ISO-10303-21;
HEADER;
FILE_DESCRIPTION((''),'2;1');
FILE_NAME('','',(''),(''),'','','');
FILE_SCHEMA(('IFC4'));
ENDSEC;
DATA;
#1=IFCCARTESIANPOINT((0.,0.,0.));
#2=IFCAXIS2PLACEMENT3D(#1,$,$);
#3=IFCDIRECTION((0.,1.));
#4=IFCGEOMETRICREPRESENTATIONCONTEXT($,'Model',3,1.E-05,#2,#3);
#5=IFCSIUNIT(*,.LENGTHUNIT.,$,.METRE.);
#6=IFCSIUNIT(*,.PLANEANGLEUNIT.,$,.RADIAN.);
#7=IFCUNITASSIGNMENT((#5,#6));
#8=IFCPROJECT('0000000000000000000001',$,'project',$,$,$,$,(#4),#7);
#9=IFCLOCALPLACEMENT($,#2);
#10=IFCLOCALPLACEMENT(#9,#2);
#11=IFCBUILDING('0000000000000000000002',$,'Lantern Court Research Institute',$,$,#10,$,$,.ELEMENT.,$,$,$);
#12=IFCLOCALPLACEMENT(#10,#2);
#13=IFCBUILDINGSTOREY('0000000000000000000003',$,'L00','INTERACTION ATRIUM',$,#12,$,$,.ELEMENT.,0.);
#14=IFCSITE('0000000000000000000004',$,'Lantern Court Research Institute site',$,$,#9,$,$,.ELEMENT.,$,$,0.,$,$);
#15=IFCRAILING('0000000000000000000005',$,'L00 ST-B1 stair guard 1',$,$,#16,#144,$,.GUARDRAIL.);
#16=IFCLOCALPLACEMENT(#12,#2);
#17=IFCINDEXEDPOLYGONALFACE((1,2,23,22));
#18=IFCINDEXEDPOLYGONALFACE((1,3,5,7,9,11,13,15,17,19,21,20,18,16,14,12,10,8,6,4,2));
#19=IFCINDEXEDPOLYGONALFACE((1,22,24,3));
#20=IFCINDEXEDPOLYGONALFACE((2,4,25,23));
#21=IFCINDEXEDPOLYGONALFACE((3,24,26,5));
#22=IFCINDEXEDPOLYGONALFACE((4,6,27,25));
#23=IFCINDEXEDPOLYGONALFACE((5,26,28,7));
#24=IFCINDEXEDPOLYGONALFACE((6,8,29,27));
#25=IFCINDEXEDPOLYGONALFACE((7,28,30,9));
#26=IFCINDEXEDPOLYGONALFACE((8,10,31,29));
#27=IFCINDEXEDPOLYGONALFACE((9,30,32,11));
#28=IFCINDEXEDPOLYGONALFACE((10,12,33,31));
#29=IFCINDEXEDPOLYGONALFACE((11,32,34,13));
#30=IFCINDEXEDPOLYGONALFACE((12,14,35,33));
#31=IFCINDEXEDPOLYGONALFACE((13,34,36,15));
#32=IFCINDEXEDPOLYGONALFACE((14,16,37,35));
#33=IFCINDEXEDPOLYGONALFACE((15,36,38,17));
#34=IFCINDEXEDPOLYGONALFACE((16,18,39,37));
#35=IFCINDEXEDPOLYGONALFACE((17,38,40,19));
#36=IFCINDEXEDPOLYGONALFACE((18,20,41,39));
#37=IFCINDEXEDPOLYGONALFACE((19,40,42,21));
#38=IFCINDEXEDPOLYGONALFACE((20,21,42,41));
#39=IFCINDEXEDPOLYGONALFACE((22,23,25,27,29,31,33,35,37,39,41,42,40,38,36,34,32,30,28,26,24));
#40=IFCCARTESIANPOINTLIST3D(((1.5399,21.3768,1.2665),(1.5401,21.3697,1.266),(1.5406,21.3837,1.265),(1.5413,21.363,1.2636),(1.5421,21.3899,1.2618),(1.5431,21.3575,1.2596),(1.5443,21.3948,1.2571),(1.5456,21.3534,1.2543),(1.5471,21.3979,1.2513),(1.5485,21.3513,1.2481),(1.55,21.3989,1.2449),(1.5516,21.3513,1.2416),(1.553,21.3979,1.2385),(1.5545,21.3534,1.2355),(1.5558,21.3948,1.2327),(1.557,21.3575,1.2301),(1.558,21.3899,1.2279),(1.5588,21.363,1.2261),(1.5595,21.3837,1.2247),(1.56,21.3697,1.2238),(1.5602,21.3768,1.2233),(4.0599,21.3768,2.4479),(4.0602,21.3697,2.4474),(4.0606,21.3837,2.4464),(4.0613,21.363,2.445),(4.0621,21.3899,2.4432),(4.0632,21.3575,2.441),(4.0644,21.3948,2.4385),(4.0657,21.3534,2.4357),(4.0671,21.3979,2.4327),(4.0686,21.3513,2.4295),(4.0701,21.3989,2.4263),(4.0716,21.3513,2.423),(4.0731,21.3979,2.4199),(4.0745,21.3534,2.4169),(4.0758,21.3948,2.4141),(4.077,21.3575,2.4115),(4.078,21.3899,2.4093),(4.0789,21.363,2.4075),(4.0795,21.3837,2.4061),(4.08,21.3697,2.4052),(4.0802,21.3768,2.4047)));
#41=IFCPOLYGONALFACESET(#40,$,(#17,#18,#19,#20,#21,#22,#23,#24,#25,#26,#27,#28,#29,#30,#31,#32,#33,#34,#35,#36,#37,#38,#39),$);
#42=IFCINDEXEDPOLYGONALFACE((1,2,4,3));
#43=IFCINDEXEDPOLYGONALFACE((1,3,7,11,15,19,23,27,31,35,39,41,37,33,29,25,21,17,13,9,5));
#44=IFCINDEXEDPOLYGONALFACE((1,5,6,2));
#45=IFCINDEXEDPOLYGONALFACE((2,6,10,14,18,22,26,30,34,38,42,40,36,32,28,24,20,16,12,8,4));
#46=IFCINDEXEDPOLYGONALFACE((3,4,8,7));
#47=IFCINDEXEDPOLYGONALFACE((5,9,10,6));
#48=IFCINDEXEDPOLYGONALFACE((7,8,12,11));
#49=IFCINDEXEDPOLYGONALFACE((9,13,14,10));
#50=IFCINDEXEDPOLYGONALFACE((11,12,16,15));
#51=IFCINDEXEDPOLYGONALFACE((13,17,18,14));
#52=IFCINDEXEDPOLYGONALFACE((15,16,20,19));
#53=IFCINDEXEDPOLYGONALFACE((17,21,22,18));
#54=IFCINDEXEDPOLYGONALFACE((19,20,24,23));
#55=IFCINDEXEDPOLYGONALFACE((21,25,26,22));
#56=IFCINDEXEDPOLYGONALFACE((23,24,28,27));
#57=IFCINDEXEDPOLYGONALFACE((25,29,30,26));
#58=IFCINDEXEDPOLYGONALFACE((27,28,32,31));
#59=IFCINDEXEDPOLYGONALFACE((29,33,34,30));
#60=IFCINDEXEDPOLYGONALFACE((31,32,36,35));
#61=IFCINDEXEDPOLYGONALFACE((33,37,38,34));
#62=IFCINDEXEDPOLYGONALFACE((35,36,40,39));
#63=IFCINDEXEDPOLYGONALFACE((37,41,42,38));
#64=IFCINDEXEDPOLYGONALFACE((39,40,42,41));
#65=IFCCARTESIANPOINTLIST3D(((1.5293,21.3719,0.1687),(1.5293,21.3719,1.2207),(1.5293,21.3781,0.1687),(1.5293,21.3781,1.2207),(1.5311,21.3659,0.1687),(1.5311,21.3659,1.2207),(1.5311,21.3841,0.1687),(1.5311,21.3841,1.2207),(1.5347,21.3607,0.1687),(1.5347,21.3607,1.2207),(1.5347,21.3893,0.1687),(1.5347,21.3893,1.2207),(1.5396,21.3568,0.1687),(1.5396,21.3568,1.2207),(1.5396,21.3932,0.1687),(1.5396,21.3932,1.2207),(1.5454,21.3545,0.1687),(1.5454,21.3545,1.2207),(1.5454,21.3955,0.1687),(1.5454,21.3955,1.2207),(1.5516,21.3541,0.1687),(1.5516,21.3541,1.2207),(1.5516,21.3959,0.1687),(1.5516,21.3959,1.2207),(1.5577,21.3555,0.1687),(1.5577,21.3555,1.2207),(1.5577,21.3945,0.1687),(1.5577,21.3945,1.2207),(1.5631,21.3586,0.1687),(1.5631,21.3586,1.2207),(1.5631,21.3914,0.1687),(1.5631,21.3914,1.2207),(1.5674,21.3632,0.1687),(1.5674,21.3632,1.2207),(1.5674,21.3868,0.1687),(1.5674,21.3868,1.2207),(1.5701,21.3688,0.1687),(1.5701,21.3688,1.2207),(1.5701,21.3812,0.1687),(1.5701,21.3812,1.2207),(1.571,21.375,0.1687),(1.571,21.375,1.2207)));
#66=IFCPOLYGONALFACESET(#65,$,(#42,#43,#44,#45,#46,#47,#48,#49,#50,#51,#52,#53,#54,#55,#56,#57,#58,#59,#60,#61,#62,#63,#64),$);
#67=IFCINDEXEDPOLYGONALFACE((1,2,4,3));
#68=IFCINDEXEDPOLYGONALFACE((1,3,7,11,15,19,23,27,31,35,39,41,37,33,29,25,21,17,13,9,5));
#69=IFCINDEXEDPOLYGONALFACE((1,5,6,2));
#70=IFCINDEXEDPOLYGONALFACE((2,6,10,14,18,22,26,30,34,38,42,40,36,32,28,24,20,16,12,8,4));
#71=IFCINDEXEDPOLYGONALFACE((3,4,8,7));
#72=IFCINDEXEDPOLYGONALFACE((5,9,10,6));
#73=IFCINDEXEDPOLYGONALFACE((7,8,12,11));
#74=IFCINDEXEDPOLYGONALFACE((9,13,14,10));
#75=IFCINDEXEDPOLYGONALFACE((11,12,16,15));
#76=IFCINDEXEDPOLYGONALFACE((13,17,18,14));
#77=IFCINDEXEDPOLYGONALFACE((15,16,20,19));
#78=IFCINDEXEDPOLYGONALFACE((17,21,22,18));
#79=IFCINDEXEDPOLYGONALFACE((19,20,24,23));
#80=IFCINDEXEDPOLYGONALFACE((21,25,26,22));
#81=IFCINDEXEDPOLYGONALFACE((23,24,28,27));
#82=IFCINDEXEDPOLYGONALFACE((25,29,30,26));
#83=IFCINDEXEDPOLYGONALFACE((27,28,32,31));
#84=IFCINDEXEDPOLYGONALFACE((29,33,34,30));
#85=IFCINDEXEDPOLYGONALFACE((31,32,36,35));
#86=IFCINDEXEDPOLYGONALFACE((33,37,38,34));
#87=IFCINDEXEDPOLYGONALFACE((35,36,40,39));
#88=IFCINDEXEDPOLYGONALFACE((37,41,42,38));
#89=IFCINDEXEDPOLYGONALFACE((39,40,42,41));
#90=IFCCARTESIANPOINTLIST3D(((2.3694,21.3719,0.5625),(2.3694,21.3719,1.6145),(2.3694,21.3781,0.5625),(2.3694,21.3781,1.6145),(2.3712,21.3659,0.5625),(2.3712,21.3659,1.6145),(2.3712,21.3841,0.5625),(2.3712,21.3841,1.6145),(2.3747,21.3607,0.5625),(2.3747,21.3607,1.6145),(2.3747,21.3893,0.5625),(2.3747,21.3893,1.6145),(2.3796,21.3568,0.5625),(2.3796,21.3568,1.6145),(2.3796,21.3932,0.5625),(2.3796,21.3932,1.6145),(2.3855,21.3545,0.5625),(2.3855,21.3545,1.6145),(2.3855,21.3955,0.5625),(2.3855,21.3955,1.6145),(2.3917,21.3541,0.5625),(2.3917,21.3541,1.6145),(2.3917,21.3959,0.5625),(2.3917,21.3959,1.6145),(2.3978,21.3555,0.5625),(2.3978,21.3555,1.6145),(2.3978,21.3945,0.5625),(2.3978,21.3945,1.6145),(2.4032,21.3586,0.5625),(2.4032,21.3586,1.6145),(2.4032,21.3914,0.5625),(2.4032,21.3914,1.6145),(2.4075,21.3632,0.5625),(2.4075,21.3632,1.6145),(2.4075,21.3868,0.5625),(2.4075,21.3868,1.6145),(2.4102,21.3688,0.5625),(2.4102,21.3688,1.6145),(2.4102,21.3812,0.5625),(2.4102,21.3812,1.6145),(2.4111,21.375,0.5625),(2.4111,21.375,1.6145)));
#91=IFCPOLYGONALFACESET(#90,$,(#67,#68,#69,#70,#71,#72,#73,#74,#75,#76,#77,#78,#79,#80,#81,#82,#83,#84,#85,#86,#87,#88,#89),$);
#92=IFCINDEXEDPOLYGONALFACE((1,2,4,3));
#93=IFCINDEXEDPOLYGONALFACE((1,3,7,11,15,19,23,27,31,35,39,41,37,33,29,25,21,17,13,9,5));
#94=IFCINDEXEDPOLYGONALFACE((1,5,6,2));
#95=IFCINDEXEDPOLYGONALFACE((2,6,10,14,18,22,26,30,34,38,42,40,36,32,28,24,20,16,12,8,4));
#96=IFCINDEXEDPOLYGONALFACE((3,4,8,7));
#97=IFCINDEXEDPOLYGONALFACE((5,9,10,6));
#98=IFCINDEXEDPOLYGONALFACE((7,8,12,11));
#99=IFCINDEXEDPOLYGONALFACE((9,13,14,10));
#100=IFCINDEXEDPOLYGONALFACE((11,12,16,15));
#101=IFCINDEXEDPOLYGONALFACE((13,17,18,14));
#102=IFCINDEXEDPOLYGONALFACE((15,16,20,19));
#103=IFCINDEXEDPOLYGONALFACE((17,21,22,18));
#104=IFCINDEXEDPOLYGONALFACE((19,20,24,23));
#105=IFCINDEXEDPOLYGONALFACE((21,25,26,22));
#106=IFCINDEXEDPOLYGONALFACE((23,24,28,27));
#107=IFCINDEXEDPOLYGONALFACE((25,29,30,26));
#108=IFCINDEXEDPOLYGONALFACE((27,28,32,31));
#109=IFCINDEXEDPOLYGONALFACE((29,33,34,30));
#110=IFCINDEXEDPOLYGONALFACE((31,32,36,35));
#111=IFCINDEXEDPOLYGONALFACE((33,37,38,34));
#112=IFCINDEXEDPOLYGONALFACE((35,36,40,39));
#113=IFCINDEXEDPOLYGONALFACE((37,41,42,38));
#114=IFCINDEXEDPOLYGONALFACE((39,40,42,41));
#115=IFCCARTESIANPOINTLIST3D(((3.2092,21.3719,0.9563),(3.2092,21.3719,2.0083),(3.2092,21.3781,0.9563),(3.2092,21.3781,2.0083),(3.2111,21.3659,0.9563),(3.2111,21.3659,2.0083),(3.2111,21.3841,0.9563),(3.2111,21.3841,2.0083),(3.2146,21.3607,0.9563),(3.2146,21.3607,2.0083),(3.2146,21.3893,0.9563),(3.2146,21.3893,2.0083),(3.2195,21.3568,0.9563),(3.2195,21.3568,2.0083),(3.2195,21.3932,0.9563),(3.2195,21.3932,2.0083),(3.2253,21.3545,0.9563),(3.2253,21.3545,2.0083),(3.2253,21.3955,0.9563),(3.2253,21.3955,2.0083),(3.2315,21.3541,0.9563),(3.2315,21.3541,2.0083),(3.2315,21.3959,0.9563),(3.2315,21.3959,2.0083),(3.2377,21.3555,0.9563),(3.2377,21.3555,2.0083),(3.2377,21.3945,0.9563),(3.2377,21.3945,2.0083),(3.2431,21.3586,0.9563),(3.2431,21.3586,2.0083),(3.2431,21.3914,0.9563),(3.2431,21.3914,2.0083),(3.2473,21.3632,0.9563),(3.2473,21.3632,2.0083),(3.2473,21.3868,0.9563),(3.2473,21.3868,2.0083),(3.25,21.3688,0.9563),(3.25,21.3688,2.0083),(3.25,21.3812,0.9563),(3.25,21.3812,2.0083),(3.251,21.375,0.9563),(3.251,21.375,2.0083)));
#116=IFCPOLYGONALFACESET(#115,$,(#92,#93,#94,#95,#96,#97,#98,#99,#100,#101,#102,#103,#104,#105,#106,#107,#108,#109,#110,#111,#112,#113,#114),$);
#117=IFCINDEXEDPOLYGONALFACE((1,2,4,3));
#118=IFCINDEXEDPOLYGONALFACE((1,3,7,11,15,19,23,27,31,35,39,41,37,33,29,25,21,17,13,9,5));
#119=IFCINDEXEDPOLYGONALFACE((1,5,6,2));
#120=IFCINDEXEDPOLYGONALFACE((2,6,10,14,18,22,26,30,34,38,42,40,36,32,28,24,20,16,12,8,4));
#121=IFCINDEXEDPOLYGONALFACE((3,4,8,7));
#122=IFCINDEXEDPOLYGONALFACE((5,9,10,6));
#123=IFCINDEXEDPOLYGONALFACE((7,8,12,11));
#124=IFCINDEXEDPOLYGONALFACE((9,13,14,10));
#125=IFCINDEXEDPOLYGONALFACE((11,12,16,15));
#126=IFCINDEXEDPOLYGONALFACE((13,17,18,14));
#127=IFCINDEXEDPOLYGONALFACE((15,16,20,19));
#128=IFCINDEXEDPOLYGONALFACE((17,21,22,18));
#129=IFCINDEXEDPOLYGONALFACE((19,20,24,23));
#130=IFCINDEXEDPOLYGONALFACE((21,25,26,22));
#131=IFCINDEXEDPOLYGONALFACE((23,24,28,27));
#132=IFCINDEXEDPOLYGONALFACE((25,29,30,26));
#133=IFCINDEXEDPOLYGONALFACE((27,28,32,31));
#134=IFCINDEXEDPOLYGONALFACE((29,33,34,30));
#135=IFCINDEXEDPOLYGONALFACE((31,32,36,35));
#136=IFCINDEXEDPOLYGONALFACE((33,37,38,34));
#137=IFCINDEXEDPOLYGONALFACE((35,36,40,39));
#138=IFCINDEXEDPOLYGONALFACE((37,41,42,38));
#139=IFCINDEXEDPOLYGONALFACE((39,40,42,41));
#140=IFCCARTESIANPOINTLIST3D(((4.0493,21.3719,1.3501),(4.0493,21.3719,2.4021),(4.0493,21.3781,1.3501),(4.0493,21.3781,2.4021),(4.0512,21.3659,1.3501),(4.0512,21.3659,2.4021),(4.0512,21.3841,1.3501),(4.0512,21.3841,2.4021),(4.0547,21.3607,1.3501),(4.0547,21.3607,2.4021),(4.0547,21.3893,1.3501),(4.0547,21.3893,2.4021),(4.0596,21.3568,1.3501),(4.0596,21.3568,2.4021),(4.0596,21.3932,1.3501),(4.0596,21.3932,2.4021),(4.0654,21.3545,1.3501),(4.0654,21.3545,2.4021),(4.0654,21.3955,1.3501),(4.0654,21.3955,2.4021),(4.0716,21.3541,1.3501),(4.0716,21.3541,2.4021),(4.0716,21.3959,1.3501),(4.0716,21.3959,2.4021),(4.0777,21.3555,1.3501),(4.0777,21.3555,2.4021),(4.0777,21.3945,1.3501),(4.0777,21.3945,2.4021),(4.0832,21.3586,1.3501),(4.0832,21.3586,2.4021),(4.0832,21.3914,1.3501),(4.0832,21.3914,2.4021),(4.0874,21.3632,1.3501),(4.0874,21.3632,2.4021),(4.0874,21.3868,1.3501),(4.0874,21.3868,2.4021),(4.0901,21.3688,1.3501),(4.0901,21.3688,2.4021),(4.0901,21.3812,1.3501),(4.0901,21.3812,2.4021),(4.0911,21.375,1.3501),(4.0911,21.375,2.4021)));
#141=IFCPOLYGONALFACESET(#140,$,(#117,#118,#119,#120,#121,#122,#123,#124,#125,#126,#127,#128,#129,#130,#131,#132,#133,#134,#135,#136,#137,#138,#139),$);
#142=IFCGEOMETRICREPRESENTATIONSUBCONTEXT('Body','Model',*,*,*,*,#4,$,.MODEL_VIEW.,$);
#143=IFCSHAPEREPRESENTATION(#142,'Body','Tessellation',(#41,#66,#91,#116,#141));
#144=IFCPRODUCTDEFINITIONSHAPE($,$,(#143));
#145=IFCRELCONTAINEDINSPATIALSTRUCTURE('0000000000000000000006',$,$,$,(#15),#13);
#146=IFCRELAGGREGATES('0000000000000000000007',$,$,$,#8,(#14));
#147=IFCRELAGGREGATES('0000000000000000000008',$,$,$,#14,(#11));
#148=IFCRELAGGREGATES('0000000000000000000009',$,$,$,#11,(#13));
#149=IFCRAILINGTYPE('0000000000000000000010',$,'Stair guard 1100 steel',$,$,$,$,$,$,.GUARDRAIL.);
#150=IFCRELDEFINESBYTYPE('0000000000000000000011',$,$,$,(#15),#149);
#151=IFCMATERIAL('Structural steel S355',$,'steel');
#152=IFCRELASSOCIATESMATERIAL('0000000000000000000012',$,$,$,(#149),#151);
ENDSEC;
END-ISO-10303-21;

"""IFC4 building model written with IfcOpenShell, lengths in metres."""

from ifc_helpers import new_model, si_unit, direction, frame, origin, origin_2d, place, context, subcontext, project, spatial, circle, extrude, material, type_object, element, save


model = new_model("IFC4")

# Units and contexts
model_context = context("Model", 3, precision=1e-05, world=origin(), true_north=direction((0.0, 1.0)))
body_context = subcontext(model_context, "Body", "Model", "MODEL_VIEW")
ifc_project = project(units=[si_unit("LENGTHUNIT", "METRE"), si_unit("PLANEANGLEUNIT", "RADIAN")], contexts=[model_context])

# Site, building, storey
site_placement = place(None, origin())
site = spatial("IfcSite", under=ifc_project, at=site_placement, Name="Lantern Court Research Institute site", CompositionType="ELEMENT", RefElevation=0.0)
building_placement = place(site_placement, origin())
building = spatial("IfcBuilding", under=site, at=building_placement, Name="Lantern Court Research Institute", CompositionType="ELEMENT")
storey_placement = place(building_placement, origin())
storey = spatial("IfcBuildingStorey", under=building, at=storey_placement, Name="L00", Description="INTERACTION ATRIUM", CompositionType="ELEMENT", Elevation=0.0)

# Railing
ifc_material_1 = material(Name="Structural steel S355", Category="steel")
railing_type_1 = type_object("IfcRailingType", Name="Stair guard 1100 steel", PredefinedType="GUARDRAIL", material=ifc_material_1)
railing_1_placement = place(storey_placement, frame((1.55, 21.375, 0.1687)))
element("IfcRailing", 1, at=railing_1_placement, inside=storey, type_object=railing_type_1, Name="L00 ST-B1 stair guard 1", PredefinedType="GUARDRAIL", context=body_context, shape_type="SweptSolid", body=[
    extrude(circle(Radius=0.0239, at=origin_2d()), frame((0.0, 0.0, 1.0762), z_axis=(0.90544, 0.0, 0.424474), x_axis=(0.0, 1.0, 0.0)), (0.0, 0.0, 1.0), 2.7832),
    extrude(circle(Radius=0.021, at=origin_2d()), origin(), (0.0, 0.0, 1.0), 1.052),
    extrude(circle(Radius=0.021, at=origin_2d()), frame((0.8401, 0.0, 0.3938)), (0.0, 0.0, 1.0), 1.052),
    extrude(circle(Radius=0.021, at=origin_2d()), frame((1.6799, 0.0, 0.7876)), (0.0, 0.0, 1.0), 1.052),
    extrude(circle(Radius=0.021, at=origin_2d()), frame((2.52, 0.0, 1.1814)), (0.0, 0.0, 1.0), 1.052),
])

save(model, "model.ifc")
